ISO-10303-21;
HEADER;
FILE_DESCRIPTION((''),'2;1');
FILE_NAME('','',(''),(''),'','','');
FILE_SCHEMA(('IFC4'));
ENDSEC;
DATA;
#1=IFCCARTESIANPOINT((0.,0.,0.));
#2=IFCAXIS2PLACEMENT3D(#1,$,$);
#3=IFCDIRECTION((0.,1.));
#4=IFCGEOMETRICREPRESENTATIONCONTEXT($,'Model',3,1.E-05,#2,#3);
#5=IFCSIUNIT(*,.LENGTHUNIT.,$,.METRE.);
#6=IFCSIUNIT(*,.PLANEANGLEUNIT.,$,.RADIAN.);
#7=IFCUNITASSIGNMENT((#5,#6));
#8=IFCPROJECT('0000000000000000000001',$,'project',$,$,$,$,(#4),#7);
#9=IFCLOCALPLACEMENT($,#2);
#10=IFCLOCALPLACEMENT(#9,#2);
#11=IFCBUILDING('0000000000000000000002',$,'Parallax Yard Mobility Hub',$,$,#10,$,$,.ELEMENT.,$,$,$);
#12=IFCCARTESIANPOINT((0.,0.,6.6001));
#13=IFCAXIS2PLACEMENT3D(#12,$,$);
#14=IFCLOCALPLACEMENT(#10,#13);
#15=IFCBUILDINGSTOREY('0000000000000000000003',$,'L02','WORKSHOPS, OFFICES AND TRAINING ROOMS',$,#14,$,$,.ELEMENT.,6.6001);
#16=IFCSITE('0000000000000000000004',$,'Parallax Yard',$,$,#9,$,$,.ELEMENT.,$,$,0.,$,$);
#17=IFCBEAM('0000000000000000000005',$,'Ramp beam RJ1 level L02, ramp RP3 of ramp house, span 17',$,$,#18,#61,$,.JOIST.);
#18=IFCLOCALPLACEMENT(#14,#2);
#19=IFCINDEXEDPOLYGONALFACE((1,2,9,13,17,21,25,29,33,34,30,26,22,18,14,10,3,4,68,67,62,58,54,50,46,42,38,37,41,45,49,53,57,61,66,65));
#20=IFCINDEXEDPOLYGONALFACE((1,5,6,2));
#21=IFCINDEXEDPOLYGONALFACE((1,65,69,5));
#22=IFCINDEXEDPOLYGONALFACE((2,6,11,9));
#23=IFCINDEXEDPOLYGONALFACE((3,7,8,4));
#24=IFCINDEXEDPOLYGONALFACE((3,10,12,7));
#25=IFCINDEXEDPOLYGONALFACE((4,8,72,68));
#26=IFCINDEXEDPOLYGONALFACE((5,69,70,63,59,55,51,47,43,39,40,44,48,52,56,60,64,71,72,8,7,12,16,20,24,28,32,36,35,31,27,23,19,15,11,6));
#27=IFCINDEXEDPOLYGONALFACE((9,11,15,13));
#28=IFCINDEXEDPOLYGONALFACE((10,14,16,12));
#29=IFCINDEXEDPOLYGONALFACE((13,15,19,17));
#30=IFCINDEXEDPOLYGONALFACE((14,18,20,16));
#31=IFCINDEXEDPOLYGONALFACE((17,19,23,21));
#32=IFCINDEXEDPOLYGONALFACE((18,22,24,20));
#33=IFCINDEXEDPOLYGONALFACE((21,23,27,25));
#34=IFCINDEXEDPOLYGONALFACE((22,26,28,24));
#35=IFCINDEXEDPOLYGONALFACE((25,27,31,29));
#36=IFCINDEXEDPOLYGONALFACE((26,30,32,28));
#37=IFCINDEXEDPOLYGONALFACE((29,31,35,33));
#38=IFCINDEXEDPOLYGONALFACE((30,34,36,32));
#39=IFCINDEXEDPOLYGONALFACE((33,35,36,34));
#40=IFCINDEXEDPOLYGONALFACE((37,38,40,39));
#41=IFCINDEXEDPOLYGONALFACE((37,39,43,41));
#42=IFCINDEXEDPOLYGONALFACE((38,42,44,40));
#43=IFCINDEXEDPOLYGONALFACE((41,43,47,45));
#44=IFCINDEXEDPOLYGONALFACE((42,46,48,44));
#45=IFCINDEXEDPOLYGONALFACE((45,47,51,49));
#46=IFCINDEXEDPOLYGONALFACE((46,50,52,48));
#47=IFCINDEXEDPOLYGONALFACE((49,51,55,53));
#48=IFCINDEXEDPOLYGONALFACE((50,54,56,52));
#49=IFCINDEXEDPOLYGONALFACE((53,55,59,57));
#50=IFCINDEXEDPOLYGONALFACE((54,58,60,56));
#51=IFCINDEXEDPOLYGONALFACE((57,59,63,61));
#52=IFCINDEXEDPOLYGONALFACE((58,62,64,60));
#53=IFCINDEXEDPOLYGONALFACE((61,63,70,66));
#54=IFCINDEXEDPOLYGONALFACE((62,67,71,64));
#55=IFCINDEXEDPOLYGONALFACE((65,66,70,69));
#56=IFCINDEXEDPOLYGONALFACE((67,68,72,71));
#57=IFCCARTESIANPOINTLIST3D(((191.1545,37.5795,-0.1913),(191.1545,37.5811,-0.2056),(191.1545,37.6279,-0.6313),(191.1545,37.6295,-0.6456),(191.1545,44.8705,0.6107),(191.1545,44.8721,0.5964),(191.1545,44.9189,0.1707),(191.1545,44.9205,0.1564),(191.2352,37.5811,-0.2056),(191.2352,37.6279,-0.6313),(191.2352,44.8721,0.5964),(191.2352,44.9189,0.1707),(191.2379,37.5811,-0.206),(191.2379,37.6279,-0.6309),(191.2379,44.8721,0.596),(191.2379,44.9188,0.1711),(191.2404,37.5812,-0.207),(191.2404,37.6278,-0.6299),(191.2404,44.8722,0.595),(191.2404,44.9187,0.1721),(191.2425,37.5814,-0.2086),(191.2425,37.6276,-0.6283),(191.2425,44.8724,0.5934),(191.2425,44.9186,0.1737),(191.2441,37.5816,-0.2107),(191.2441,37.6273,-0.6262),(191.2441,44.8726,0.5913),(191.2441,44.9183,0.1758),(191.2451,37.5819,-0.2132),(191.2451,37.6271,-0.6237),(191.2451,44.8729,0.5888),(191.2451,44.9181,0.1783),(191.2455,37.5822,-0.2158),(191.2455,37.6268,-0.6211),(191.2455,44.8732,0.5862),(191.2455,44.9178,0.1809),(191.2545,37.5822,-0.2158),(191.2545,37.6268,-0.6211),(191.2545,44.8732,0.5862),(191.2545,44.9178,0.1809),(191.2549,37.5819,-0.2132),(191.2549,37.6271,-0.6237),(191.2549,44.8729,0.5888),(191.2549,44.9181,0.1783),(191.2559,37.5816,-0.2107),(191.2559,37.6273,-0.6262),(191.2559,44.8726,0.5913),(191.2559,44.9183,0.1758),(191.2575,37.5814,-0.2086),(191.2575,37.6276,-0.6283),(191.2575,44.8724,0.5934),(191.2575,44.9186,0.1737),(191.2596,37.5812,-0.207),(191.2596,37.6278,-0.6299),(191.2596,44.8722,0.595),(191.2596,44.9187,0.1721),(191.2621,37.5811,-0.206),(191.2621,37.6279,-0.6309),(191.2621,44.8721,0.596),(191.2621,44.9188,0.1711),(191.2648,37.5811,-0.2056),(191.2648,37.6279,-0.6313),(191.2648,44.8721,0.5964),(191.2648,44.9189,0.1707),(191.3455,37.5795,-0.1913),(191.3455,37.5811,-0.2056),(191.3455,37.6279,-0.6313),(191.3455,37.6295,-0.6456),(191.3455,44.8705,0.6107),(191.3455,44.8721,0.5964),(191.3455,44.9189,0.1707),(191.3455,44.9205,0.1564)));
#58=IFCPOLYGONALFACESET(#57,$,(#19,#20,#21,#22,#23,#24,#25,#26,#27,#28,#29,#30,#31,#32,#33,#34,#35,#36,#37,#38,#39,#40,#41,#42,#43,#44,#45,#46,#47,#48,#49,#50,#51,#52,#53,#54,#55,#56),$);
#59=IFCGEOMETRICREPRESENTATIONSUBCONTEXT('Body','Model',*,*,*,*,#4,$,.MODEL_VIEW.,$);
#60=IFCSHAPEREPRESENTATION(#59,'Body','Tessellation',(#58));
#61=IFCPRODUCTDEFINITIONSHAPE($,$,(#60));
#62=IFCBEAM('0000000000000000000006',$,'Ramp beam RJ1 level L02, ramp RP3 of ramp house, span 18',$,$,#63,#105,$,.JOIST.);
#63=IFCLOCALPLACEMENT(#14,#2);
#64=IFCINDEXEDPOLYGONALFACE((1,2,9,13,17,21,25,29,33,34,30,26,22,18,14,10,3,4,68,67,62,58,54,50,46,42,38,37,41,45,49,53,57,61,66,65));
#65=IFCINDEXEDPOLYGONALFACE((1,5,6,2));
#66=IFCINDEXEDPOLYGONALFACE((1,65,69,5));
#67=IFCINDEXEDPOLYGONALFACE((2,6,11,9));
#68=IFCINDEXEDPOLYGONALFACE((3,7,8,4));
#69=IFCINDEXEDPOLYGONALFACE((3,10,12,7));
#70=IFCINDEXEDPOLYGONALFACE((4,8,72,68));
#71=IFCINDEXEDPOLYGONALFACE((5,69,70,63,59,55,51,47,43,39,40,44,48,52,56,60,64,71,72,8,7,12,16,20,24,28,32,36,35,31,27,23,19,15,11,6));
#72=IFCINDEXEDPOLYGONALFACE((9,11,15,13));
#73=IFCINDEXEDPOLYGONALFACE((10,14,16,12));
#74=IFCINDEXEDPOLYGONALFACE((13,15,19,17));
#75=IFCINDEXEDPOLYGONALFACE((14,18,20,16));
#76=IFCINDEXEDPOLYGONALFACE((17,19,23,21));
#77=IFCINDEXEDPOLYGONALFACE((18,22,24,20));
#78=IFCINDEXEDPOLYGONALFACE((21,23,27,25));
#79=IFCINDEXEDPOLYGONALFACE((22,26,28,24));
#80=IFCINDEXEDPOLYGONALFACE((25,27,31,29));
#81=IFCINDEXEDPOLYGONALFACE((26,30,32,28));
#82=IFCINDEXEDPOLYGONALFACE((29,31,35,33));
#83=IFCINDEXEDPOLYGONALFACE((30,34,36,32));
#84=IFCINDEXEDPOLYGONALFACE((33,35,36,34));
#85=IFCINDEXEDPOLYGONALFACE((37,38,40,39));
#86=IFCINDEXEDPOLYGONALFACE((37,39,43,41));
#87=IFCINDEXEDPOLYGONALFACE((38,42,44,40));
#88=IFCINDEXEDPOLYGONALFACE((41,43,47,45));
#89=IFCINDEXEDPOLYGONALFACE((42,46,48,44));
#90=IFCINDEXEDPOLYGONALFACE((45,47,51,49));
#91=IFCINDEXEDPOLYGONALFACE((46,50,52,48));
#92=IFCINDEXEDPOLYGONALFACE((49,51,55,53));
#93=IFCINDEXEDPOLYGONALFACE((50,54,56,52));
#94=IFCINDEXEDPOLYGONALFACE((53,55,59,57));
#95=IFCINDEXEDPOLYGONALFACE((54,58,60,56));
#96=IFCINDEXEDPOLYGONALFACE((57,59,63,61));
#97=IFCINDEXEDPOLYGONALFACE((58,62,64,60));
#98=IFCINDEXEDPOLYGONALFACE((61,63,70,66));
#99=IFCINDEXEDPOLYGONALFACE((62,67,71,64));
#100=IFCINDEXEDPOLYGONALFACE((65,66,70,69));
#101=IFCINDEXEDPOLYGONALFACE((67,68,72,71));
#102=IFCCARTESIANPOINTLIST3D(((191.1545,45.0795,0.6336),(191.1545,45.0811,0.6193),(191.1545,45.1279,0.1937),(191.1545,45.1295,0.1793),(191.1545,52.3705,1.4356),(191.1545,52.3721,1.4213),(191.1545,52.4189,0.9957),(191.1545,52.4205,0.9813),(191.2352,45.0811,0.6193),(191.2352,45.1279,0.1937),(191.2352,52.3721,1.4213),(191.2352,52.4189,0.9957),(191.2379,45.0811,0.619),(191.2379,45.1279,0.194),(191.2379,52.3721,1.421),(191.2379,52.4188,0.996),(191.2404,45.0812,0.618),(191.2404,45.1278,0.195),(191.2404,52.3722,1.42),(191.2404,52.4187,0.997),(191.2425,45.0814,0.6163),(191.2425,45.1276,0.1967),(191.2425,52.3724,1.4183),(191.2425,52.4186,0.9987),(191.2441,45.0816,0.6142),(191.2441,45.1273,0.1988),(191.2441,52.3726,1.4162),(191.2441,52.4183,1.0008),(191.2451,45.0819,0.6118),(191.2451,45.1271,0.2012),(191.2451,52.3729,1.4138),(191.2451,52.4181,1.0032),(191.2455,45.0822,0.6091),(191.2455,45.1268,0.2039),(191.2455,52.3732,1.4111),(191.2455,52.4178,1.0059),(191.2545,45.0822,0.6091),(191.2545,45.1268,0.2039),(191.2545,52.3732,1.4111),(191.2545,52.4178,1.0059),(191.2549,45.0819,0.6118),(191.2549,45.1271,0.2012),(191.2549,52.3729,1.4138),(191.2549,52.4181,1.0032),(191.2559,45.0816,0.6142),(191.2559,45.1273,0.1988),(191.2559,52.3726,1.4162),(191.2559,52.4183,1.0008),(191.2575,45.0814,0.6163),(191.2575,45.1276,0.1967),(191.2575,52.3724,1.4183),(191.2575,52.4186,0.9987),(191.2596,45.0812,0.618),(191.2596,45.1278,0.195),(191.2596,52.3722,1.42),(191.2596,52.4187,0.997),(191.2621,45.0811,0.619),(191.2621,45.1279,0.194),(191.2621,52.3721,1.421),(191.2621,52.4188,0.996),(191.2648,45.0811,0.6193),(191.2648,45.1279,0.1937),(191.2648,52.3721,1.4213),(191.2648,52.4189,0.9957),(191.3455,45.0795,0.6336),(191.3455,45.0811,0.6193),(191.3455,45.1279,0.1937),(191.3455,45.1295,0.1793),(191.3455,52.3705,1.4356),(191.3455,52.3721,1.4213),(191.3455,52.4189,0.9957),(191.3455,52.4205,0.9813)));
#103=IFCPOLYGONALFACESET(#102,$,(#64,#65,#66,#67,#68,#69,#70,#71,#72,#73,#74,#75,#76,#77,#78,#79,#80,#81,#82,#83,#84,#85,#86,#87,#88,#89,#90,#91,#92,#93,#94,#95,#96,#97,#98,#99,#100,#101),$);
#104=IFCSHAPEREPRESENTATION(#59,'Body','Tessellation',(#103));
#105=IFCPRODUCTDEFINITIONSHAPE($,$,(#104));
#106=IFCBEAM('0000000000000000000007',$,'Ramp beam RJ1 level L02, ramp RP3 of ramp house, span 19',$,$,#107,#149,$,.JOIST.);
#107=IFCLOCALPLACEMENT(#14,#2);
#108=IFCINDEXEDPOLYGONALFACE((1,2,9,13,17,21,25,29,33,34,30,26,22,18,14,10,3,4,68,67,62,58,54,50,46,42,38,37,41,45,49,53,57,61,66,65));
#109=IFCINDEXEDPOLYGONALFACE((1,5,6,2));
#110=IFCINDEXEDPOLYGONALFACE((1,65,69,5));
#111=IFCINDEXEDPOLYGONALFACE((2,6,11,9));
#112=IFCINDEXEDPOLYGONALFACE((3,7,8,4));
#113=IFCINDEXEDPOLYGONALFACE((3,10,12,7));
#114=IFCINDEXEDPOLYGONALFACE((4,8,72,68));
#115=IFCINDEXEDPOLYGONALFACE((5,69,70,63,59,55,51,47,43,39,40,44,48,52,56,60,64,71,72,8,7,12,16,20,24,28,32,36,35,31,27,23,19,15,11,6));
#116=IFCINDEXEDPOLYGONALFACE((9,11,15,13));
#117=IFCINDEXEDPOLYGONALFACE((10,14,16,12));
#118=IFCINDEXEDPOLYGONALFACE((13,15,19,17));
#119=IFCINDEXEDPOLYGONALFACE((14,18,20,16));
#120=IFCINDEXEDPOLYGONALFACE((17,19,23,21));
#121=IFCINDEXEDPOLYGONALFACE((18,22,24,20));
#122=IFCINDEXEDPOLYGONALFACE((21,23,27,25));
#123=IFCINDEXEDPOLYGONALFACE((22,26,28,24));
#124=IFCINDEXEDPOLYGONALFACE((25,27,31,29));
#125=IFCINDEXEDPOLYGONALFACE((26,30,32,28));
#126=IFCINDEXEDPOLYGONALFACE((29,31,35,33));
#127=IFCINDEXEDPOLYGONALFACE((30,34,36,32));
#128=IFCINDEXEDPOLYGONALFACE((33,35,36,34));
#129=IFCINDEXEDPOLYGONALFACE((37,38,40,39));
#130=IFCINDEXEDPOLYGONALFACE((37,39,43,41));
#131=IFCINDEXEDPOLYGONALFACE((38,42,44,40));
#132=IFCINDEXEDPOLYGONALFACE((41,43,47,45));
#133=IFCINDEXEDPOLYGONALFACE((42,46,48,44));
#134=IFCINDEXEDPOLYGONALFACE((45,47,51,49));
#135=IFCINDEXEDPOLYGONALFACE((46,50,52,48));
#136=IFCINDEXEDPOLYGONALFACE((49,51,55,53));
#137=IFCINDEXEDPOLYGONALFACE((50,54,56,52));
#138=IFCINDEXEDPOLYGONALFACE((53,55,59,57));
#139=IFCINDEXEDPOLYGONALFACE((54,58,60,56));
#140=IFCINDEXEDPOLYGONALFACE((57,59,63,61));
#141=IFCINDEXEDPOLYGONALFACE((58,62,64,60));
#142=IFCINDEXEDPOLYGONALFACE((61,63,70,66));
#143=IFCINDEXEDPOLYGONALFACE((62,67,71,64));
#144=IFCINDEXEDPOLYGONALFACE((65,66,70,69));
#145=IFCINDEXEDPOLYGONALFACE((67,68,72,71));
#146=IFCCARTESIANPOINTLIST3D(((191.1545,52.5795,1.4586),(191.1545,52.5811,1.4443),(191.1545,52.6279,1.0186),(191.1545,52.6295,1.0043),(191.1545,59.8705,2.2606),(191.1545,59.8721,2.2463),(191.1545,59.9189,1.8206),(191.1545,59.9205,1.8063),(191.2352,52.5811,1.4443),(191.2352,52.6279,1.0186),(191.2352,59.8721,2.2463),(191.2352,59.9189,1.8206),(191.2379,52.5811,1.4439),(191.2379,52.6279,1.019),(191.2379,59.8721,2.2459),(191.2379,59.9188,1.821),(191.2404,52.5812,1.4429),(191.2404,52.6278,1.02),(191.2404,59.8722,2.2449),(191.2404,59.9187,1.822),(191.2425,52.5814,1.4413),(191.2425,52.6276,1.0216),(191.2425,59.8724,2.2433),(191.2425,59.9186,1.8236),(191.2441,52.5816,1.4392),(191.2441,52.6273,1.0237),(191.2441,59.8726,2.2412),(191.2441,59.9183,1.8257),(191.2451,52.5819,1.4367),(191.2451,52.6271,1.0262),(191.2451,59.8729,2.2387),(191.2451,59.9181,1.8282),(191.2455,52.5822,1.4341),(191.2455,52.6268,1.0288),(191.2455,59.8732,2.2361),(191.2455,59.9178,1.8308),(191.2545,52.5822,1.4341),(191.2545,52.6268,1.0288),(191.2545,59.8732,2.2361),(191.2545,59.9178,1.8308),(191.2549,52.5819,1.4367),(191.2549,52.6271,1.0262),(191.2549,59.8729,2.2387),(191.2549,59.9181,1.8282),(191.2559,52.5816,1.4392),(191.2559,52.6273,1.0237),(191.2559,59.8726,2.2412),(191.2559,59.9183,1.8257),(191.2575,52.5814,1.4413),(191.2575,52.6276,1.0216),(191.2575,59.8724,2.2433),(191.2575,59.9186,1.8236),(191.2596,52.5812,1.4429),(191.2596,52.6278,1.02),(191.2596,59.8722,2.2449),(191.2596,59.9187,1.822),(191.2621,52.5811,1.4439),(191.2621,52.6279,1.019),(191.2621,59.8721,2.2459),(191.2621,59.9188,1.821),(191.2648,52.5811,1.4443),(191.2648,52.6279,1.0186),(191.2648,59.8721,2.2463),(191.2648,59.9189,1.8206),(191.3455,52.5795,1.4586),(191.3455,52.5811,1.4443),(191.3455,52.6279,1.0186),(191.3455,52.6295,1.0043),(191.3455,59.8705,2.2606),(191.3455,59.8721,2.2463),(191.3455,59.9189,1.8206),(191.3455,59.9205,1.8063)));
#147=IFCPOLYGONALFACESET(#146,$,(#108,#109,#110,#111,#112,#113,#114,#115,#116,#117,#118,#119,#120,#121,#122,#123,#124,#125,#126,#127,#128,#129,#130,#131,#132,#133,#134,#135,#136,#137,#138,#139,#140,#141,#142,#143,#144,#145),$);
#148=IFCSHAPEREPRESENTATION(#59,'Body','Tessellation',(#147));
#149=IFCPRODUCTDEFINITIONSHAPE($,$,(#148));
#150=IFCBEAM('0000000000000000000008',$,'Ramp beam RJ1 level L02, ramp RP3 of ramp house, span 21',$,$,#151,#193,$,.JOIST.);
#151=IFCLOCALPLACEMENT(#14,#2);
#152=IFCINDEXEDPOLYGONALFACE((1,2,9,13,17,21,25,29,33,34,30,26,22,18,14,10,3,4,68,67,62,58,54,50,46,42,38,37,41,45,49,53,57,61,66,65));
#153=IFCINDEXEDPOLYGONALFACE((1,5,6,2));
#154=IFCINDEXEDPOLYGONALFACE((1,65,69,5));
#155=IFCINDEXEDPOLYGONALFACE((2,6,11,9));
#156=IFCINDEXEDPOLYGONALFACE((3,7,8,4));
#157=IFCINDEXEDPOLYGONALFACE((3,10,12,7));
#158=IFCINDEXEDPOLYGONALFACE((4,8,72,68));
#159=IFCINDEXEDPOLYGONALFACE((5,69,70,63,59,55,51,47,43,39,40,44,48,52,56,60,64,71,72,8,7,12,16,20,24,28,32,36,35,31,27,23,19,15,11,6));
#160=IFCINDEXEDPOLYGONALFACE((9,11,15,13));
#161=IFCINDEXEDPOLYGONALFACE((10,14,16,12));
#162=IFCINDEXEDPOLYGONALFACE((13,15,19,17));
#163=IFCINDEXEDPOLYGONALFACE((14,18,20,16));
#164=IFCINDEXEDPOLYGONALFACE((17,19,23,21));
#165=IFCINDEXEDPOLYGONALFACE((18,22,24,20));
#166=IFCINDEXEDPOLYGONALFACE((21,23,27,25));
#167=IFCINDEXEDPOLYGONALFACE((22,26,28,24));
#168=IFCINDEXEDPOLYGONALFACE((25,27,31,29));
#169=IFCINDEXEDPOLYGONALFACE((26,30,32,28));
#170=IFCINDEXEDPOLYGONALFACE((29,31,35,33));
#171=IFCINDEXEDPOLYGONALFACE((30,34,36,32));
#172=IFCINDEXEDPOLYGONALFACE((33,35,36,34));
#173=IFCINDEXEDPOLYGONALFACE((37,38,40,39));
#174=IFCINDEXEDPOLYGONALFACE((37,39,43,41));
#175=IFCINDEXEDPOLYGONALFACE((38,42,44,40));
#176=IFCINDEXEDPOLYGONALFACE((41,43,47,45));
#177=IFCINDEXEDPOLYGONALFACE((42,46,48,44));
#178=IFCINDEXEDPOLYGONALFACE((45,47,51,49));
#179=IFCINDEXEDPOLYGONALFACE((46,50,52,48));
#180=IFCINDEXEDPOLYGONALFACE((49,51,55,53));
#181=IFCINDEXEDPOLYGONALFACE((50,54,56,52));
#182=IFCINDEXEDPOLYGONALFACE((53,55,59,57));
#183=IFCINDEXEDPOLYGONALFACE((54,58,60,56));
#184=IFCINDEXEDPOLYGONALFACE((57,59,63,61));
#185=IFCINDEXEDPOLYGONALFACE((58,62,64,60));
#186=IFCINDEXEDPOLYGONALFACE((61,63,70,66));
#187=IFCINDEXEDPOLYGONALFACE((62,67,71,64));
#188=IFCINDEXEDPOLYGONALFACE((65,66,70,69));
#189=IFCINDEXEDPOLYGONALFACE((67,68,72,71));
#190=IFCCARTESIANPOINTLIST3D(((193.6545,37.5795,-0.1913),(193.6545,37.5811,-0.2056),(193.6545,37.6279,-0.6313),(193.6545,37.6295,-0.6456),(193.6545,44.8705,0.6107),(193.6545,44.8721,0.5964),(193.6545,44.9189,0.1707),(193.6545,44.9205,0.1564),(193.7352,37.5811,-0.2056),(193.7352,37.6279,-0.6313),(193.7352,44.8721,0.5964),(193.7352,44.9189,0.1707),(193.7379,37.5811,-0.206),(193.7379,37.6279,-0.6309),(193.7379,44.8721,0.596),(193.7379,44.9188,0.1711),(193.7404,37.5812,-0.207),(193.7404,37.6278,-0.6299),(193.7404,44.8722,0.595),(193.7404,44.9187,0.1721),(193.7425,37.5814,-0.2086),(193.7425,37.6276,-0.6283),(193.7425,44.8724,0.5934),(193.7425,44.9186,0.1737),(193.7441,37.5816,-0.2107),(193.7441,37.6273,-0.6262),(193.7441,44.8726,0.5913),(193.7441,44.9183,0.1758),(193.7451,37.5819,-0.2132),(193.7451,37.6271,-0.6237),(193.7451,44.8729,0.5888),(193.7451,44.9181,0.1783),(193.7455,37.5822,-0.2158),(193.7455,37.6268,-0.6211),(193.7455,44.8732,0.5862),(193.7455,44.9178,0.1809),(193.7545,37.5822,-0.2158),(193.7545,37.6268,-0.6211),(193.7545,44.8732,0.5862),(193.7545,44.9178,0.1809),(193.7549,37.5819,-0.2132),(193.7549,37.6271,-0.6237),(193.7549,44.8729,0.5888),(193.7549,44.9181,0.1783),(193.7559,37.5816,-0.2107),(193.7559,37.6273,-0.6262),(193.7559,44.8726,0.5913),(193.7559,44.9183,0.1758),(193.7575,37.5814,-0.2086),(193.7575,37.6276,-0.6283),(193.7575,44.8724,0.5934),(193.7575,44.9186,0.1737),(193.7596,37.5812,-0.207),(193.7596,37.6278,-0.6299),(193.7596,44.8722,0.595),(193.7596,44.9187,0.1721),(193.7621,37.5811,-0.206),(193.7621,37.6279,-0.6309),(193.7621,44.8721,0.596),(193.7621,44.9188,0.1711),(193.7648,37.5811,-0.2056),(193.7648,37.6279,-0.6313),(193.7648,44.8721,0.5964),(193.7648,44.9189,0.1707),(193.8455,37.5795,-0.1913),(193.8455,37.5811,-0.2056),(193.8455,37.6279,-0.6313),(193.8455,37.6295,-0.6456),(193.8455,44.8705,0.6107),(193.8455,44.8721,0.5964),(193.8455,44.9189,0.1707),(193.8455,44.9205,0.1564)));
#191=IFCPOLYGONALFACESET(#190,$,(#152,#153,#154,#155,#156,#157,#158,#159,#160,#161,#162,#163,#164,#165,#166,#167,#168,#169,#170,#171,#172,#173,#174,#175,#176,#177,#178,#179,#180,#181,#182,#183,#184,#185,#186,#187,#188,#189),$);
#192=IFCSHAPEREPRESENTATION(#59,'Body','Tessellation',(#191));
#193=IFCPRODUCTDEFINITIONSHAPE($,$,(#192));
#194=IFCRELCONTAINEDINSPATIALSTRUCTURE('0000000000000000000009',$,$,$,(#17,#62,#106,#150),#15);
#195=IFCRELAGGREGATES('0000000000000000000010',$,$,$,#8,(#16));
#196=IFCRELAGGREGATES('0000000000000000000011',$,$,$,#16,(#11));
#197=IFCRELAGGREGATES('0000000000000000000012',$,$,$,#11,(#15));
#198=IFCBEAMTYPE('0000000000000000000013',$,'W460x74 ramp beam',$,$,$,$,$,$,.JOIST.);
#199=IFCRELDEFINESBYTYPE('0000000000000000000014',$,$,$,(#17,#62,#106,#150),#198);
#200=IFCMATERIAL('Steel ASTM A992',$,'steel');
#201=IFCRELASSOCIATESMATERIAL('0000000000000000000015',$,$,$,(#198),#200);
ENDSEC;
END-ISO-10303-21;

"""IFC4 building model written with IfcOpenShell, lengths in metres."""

from ifc_helpers import new_model, si_unit, direction, frame, origin, origin_2d, place, context, subcontext, project, spatial, i_section, extrude, material, material_profile, profile_set, type_object, element, save


model = new_model("IFC4")

# Units and contexts
model_context = context("Model", 3, precision=1e-05, world=origin(), true_north=direction((0.0, 1.0)))
body_context = subcontext(model_context, "Body", "Model", "MODEL_VIEW")
ifc_project = project(units=[si_unit("LENGTHUNIT", "METRE"), si_unit("PLANEANGLEUNIT", "RADIAN")], contexts=[model_context])

# Site, building, storey
site_placement = place(None, origin())
site = spatial("IfcSite", under=ifc_project, at=site_placement, Name="Parallax Yard", CompositionType="ELEMENT", RefElevation=0.0)
building_placement = place(site_placement, origin())
building = spatial("IfcBuilding", under=site, at=building_placement, Name="Parallax Yard Mobility Hub", CompositionType="ELEMENT")
storey_placement = place(building_placement, frame((0.0, 0.0, 6.6001)))
storey = spatial("IfcBuildingStorey", under=building, at=storey_placement, Name="L02", Description="WORKSHOPS, OFFICES AND TRAINING ROOMS", CompositionType="ELEMENT", Elevation=6.6001)

# Shared definitions
ifc_material_1 = material(Name="Steel ASTM A992", Category="steel")

# Beams
ifc_material_profile_1 = material_profile(ifc_material_1, i_section(OverallWidth=0.1909, OverallDepth=0.457, WebThickness=0.009, FlangeThickness=0.0144, FilletRadius=0.0103, at=origin_2d()), Name="W460x74")
ifc_profile_set_1 = profile_set([ifc_material_profile_1], Name="Steel ASTM A992")
beam_type_1 = type_object("IfcBeamType", Name="W460x74 ramp beam", PredefinedType="JOIST", material=ifc_profile_set_1)
for number, where, z_axis, x_axis, name in (
    (1, (191.25, 37.6045, -0.4185), (0.0, 0.994005, 0.109339), (-1.0, 0.0, 0.0), "Ramp beam RJ1 level L02, ramp RP3 of ramp house, span 17"),
    (2, (191.25, 45.1045, 0.4065), (0.0, 0.994005, 0.109339), (-1.0, 0.0, 0.0), "Ramp beam RJ1 level L02, ramp RP3 of ramp house, span 18"),
    (3, (191.25, 52.6045, 1.2314), (0.0, 0.994005, 0.109339), (-1.0, 0.0, 0.0), "Ramp beam RJ1 level L02, ramp RP3 of ramp house, span 19"),
    (4, (193.75, 37.6045, -0.4185), (0.0, 0.994005, 0.109339), (-1.0, 0.0, 0.0), "Ramp beam RJ1 level L02, ramp RP3 of ramp house, span 21"),
):
    element("IfcBeam", number, at=place(storey_placement, frame(where, z_axis=z_axis, x_axis=x_axis)), inside=storey, type_object=beam_type_1, Name=name, PredefinedType="JOIST", context=body_context, shape_type="SweptSolid", body=[
        extrude(i_section(OverallWidth=0.1909, OverallDepth=0.457, WebThickness=0.009, FlangeThickness=0.0144, FilletRadius=0.0103, at=origin_2d()), origin(), (0.0, 0.0, 1.0), 7.335),
    ])

save(model, "model.ifc")
